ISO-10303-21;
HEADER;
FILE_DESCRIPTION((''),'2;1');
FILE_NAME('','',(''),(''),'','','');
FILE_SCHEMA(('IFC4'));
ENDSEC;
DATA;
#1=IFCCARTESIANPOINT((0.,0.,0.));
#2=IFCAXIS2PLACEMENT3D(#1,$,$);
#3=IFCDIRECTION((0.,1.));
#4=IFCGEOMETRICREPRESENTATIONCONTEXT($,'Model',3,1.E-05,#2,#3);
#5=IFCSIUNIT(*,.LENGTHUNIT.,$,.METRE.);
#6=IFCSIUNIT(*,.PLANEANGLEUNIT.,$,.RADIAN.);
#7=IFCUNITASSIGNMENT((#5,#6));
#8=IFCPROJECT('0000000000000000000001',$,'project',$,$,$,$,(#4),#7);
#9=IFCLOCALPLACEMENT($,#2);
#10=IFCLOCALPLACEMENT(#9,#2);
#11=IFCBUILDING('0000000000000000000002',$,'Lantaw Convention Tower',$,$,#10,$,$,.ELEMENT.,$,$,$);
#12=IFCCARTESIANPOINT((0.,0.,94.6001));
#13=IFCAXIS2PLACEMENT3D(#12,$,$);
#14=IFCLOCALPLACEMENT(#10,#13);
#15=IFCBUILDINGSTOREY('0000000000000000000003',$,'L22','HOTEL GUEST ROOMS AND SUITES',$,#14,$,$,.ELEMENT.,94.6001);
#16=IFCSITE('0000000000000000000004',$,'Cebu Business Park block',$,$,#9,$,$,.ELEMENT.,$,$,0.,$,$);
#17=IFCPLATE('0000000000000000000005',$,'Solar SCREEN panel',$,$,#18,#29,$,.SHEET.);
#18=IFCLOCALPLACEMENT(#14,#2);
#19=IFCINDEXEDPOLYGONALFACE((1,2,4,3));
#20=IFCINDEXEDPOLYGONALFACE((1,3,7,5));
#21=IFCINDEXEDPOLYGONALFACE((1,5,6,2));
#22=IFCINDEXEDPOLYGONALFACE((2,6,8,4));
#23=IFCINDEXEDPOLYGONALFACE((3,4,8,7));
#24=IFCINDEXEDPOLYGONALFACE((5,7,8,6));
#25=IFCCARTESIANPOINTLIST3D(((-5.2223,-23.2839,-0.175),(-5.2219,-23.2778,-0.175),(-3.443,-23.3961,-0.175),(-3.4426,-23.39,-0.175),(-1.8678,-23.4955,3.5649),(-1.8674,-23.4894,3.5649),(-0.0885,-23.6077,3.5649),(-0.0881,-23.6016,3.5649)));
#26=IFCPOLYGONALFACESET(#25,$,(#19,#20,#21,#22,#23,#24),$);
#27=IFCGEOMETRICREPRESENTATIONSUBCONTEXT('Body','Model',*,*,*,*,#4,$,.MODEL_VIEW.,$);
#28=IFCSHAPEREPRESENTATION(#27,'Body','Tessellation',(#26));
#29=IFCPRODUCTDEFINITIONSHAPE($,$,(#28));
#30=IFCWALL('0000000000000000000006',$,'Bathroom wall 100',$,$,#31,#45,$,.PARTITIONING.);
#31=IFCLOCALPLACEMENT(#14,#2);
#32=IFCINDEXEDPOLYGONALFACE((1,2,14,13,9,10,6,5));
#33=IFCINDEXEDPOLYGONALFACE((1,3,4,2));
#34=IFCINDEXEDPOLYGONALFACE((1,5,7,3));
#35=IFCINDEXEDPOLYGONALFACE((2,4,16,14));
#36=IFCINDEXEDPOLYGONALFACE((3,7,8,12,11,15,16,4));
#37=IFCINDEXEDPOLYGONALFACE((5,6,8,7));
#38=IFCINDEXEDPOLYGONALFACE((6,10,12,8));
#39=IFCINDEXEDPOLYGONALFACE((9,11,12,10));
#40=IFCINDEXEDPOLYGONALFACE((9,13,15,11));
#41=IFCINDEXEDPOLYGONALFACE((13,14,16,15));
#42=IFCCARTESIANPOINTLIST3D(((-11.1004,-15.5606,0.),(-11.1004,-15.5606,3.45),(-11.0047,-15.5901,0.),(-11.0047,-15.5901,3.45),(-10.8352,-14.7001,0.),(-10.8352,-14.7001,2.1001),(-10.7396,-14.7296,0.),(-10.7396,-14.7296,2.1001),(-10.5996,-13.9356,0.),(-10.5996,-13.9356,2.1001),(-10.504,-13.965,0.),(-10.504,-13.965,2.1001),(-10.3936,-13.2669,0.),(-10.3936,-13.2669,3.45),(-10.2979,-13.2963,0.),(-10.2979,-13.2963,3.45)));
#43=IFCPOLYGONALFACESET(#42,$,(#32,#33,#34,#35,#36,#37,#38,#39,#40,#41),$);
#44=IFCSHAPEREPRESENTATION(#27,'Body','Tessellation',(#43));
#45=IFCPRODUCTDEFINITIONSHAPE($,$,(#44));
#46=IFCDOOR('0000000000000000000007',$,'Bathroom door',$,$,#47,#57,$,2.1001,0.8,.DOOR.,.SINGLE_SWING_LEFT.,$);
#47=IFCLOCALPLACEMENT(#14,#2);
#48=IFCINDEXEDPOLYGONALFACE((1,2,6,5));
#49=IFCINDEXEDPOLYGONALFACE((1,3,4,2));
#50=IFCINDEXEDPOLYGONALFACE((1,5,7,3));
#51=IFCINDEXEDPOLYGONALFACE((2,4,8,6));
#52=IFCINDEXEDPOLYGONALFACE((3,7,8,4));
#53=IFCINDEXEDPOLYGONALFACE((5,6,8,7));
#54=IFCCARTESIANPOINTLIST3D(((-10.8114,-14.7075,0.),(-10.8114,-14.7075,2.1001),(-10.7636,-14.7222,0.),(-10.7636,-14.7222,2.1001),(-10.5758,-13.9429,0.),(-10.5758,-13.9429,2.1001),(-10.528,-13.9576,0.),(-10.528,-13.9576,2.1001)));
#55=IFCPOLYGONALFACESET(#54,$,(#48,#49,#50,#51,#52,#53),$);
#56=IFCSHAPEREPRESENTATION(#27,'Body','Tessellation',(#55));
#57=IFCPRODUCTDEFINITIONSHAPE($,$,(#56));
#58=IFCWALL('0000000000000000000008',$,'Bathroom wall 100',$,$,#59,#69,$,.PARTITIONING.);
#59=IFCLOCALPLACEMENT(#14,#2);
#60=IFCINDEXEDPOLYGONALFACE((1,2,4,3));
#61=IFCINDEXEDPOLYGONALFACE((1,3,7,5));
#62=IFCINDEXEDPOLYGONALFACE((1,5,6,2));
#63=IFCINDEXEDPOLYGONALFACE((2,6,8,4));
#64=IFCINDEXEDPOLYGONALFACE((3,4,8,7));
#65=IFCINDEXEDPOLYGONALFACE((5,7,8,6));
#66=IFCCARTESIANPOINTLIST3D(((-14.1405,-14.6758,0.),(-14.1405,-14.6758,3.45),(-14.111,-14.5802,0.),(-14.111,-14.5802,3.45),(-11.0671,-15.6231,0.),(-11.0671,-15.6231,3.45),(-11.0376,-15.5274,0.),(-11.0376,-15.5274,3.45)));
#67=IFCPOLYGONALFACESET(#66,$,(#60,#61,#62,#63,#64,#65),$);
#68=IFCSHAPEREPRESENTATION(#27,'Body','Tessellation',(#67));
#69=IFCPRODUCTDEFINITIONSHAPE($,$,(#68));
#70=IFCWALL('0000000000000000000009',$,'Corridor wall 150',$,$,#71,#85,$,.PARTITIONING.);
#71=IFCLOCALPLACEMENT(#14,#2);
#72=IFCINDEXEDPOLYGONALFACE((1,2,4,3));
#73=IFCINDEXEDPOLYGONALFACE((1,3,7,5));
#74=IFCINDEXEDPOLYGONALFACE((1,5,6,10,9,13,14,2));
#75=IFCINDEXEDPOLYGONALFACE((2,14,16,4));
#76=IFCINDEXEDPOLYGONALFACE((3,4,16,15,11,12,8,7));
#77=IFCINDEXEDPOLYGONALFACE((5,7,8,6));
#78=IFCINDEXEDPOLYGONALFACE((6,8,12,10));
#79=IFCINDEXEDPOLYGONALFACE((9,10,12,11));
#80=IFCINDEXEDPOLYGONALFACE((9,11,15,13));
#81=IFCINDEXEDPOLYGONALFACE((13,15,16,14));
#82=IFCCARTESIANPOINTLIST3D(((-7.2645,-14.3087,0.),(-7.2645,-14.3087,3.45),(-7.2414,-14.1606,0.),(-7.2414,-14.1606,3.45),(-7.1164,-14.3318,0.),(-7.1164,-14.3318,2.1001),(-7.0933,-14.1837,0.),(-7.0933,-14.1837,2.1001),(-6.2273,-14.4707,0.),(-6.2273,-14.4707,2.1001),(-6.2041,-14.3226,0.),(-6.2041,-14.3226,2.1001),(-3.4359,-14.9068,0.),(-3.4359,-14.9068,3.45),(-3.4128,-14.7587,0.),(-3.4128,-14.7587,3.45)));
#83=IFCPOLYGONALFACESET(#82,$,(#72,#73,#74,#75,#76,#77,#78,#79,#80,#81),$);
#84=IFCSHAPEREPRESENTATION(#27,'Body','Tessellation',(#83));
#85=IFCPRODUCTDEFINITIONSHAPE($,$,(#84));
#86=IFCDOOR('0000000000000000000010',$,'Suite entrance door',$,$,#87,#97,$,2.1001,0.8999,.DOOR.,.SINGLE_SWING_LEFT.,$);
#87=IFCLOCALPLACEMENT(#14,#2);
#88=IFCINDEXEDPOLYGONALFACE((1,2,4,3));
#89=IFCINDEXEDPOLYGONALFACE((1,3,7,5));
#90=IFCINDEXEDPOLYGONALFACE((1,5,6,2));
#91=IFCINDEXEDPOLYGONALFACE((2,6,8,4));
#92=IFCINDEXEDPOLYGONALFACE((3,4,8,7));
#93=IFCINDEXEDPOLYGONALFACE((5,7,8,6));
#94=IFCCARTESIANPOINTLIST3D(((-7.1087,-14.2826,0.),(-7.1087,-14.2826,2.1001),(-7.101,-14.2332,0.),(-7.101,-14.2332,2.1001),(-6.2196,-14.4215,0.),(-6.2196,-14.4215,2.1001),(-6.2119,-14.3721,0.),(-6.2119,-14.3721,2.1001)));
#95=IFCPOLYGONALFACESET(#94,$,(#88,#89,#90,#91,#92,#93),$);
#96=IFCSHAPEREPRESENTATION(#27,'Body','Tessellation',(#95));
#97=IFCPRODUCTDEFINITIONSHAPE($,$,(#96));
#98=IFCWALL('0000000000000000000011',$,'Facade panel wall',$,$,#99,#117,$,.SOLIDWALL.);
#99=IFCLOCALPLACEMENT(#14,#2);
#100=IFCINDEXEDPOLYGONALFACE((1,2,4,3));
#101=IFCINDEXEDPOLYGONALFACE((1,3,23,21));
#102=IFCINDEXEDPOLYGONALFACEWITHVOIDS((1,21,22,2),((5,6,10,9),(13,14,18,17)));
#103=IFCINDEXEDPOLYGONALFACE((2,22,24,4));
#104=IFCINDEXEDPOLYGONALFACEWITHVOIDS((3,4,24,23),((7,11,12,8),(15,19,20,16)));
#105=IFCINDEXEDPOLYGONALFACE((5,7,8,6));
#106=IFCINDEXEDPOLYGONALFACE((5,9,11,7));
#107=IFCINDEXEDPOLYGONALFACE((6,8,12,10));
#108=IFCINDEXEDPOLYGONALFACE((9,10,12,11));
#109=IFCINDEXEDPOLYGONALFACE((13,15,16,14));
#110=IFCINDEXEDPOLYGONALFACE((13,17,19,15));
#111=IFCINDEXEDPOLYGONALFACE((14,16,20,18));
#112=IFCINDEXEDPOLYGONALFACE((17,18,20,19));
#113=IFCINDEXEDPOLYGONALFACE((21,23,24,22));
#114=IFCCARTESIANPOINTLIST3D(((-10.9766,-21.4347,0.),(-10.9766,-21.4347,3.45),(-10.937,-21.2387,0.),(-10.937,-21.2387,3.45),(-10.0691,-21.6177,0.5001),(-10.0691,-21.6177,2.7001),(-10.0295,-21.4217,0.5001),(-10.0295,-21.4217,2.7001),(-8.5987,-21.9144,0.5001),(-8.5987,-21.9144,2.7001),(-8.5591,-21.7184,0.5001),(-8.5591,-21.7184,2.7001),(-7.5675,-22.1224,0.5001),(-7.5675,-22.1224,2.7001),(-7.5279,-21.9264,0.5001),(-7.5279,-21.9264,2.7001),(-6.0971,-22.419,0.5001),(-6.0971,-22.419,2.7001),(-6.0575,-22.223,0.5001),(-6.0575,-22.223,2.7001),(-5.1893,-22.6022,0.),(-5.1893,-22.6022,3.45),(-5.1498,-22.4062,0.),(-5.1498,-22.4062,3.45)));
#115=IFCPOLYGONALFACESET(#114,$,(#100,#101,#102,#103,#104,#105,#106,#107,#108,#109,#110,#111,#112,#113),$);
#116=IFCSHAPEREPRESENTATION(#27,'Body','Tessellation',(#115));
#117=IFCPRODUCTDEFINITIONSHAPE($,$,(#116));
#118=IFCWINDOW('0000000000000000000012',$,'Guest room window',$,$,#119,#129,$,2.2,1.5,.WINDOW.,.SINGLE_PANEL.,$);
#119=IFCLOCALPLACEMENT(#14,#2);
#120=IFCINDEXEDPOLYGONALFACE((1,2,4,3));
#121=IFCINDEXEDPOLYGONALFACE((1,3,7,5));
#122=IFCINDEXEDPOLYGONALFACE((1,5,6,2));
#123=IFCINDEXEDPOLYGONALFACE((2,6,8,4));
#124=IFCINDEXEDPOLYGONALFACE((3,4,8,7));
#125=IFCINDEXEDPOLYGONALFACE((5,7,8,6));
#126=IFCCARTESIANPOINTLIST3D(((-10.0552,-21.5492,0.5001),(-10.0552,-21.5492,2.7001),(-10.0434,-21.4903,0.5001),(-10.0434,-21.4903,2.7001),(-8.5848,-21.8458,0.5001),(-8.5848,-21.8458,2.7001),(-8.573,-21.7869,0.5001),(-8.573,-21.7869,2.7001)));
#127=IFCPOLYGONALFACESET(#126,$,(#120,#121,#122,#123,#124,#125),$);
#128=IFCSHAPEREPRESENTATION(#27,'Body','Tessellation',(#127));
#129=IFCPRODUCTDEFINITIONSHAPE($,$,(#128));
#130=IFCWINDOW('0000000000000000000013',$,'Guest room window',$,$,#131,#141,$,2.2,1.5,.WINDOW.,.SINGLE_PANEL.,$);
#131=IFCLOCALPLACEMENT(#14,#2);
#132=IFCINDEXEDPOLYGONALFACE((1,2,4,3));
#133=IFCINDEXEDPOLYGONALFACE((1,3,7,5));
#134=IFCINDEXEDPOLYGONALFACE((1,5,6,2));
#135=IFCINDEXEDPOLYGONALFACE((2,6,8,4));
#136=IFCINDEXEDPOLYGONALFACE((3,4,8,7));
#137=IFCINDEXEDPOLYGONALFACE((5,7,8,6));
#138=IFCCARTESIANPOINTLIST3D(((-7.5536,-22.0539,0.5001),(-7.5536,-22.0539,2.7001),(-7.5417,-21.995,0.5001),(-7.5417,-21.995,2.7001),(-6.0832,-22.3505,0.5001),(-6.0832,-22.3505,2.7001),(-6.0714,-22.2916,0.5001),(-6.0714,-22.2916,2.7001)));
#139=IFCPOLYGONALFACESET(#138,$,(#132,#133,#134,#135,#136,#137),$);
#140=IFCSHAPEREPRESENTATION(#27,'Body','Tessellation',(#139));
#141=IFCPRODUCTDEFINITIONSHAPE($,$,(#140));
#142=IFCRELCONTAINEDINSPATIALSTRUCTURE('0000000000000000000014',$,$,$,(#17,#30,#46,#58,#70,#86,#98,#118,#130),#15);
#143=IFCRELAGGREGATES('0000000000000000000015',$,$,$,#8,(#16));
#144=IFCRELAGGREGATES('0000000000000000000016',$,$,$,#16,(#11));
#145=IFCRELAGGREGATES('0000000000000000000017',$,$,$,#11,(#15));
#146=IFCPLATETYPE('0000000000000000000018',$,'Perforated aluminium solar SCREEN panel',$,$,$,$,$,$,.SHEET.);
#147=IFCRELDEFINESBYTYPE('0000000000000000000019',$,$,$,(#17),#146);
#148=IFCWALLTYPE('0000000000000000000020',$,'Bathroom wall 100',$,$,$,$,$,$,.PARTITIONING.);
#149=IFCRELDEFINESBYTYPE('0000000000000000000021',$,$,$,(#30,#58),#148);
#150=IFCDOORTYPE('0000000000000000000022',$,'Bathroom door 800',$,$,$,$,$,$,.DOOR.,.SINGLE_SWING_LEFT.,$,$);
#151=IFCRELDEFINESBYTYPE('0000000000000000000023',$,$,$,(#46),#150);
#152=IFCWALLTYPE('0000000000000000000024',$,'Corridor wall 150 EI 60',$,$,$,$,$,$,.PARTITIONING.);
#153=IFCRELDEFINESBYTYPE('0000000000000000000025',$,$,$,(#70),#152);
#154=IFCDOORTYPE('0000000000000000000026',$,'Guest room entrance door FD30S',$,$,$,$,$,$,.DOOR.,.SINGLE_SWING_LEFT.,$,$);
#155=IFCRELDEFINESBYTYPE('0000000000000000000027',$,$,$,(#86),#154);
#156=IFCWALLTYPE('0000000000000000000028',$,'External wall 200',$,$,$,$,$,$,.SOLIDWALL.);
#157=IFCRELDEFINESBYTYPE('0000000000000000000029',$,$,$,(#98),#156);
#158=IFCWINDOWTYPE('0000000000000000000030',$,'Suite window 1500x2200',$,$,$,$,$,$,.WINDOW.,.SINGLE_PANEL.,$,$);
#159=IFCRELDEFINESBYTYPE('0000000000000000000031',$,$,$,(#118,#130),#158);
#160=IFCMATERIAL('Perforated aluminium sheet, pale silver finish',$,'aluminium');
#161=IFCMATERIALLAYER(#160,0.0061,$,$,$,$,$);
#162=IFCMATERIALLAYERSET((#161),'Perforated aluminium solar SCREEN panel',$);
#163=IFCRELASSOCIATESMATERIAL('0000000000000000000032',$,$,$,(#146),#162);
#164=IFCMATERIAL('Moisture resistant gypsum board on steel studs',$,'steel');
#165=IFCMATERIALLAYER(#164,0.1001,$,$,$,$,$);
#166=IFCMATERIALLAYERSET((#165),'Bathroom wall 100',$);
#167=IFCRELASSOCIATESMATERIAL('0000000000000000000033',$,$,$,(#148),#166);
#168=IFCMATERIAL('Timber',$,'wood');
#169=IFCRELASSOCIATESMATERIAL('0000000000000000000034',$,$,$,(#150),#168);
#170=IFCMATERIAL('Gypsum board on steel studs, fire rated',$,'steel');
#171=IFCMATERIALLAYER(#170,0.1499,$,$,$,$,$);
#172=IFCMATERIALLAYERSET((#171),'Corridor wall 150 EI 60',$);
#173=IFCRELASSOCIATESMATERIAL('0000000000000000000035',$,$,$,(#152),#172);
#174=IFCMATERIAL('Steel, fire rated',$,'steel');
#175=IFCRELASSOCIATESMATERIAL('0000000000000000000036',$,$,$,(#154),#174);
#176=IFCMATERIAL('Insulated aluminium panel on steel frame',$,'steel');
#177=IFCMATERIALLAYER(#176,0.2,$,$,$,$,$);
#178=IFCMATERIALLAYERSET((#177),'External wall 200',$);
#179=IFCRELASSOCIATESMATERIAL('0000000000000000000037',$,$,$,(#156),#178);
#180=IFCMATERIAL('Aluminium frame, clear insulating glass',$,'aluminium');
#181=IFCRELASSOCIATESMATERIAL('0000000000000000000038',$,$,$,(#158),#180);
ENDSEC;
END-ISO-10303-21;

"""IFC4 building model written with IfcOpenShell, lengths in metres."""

from ifc_helpers import new_model, si_unit, direction, frame, frame_2d, origin, place, context, subcontext, project, spatial, polyline, rectangle, outline, extrude, material, layer, layer_set, type_object, element, fill, save


model = new_model("IFC4")

# Units and contexts
model_context = context("Model", 3, precision=1e-05, world=origin(), true_north=direction((0.0, 1.0)))
body_context = subcontext(model_context, "Body", "Model", "MODEL_VIEW")
ifc_project = project(units=[si_unit("LENGTHUNIT", "METRE"), si_unit("PLANEANGLEUNIT", "RADIAN")], contexts=[model_context])

# Site, building, storey
site_placement = place(None, origin())
site = spatial("IfcSite", under=ifc_project, at=site_placement, Name="Cebu Business Park block", CompositionType="ELEMENT", RefElevation=0.0)
building_placement = place(site_placement, origin())
building = spatial("IfcBuilding", under=site, at=building_placement, Name="Lantaw Convention Tower", CompositionType="ELEMENT")
storey_placement = place(building_placement, frame((0.0, 0.0, 94.6001)))
storey = spatial("IfcBuildingStorey", under=building, at=storey_placement, Name="L22", Description="HOTEL GUEST ROOMS AND SUITES", CompositionType="ELEMENT", Elevation=94.6001)

# Plate
ifc_material_1 = material(Name="Perforated aluminium sheet, pale silver finish", Category="aluminium")
ifc_layer_1 = layer(ifc_material_1, 0.0061)
ifc_layer_set_1 = layer_set([ifc_layer_1], Name="Perforated aluminium solar SCREEN panel")
plate_type = type_object("IfcPlateType", Name="Perforated aluminium solar SCREEN panel", PredefinedType="SHEET", material=ifc_layer_set_1)
plate_1_placement = place(storey_placement, frame((-5.2219, -23.2778, -0.175), z_axis=(0.062924, 0.998018, 0.000014), x_axis=(0.998018, -0.062924, 0.0)))
element("IfcPlate", 1, at=plate_1_placement, inside=storey, type_object=plate_type, Name="Solar SCREEN panel", PredefinedType="SHEET", context=body_context, shape_type="SweptSolid", body=[
    extrude(outline(polyline([(0.0, 0.0), (1.7828, 0.0), (5.144, -3.74), (3.3612, -3.74), (0.0, 0.0)])), origin(), (0.0, 0.0, -1.0), 0.0061),
])

# Wall, opening, door
ifc_material_2 = material(Name="Moisture resistant gypsum board on steel studs", Category="steel")
ifc_layer_2 = layer(ifc_material_2, 0.1001)
ifc_layer_set_2 = layer_set([ifc_layer_2], Name="Bathroom wall 100")
wall_type_1 = type_object("IfcWallType", Name="Bathroom wall 100", PredefinedType="PARTITIONING", material=ifc_layer_set_2)
wall_1_placement = place(storey_placement, frame((-10.3457, -13.2815, 0.0), z_axis=(0.0, 0.0, 1.0), x_axis=(-0.294479, -0.955658, 0.0)))
wall_1 = element("IfcWall", 2, at=wall_1_placement, inside=storey, type_object=wall_type_1, Name="Bathroom wall 100", PredefinedType="PARTITIONING", context=body_context, shape_type="SweptSolid", body=[
    extrude(rectangle(XDim=2.4001, YDim=0.1001, at=frame_2d((1.2002, 0.0))), origin(), (0.0, 0.0, 1.0), 3.45),
])
opening_1_placement = place(wall_1_placement, frame((0.7, 0.0, 0.0)))
opening_1 = element("IfcOpeningElement", 3, at=opening_1_placement, cuts=wall_1, PredefinedType="OPENING", context=body_context, shape_type="SweptSolid", body=[
    extrude(rectangle(XDim=0.8, YDim=2.1001, at=frame_2d((0.3999, 1.05))), frame((0.0, 0.0601, 0.0), z_axis=(0.0, -1.0, 0.0), x_axis=(1.0, 0.0, 0.0)), (0.0, 0.0, 1.0), 0.1201),
])
ifc_material_3 = material(Name="Timber", Category="wood")
door_type_1 = type_object("IfcDoorType", Name="Bathroom door 800", OperationType="SINGLE_SWING_LEFT", PredefinedType="DOOR", material=ifc_material_3)
door_1_placement = place(opening_1_placement, origin())
door_1 = element("IfcDoor", 4, at=door_1_placement, inside=storey, type_object=door_type_1, Name="Bathroom door", OperationType="SINGLE_SWING_LEFT", OverallHeight=2.1001, OverallWidth=0.8, PredefinedType="DOOR", context=body_context, shape_type="SweptSolid", body=[
    extrude(rectangle(XDim=0.8, YDim=2.1001, at=frame_2d((0.3999, 1.05))), frame((0.0, 0.0249, 0.0), z_axis=(0.0, -1.0, 0.0), x_axis=(1.0, 0.0, 0.0)), (0.0, 0.0, 1.0), 0.05),
])
fill(opening_1, door_1)

# Wall
wall_2_placement = place(storey_placement, frame((-11.0525, -15.5752, 0.0), z_axis=(0.0, 0.0, 1.0), x_axis=(-0.955641, 0.294534, 0.0)))
element("IfcWall", 5, at=wall_2_placement, inside=storey, type_object=wall_type_1, Name="Bathroom wall 100", PredefinedType="PARTITIONING", context=body_context, shape_type="SweptSolid", body=[
    extrude(rectangle(XDim=3.2161, YDim=0.1001, at=frame_2d((1.6079, 0.0))), origin(), (0.0, 0.0, 1.0), 3.45),
])

# Wall, opening, door
ifc_material_4 = material(Name="Gypsum board on steel studs, fire rated", Category="steel")
ifc_layer_3 = layer(ifc_material_4, 0.1499)
ifc_layer_set_3 = layer_set([ifc_layer_3], Name="Corridor wall 150 EI 60")
wall_type_2 = type_object("IfcWallType", Name="Corridor wall 150 EI 60", PredefinedType="PARTITIONING", material=ifc_layer_set_3)
wall_3_placement = place(storey_placement, frame((-7.2529, -14.2346, 0.0), z_axis=(0.0, 0.0, 1.0), x_axis=(0.988015, -0.154358, 0.0)))
wall_3 = element("IfcWall", 6, at=wall_3_placement, inside=storey, type_object=wall_type_2, Name="Corridor wall 150", PredefinedType="PARTITIONING", context=body_context, shape_type="SweptSolid", body=[
    extrude(rectangle(XDim=3.875, YDim=0.1499, at=frame_2d((1.9375, 0.0))), origin(), (0.0, 0.0, 1.0), 3.45),
])
opening_2_placement = place(wall_3_placement, frame((0.1499, 0.0, 0.0)))
opening_2 = element("IfcOpeningElement", 7, at=opening_2_placement, cuts=wall_3, PredefinedType="OPENING", context=body_context, shape_type="SweptSolid", body=[
    extrude(rectangle(XDim=0.8999, YDim=2.1001, at=frame_2d((0.45, 1.05))), frame((0.0, 0.085, 0.0), z_axis=(0.0, -1.0, 0.0), x_axis=(1.0, 0.0, 0.0)), (0.0, 0.0, 1.0), 0.1699),
])
ifc_material_5 = material(Name="Steel, fire rated", Category="steel")
door_type_2 = type_object("IfcDoorType", Name="Guest room entrance door FD30S", OperationType="SINGLE_SWING_LEFT", PredefinedType="DOOR", material=ifc_material_5)
door_2_placement = place(opening_2_placement, origin())
door_2 = element("IfcDoor", 8, at=door_2_placement, inside=storey, type_object=door_type_2, Name="Suite entrance door", OperationType="SINGLE_SWING_LEFT", OverallHeight=2.1001, OverallWidth=0.8999, PredefinedType="DOOR", context=body_context, shape_type="SweptSolid", body=[
    extrude(rectangle(XDim=0.8999, YDim=2.1001, at=frame_2d((0.45, 1.05))), frame((0.0, 0.0249, 0.0), z_axis=(0.0, -1.0, 0.0), x_axis=(1.0, 0.0, 0.0)), (0.0, 0.0, 1.0), 0.05),
])
fill(opening_2, door_2)

# Wall, openings, windows
ifc_material_6 = material(Name="Insulated aluminium panel on steel frame", Category="steel")
ifc_layer_4 = layer(ifc_material_6, 0.2)
ifc_layer_set_4 = layer_set([ifc_layer_4], Name="External wall 200")
wall_type_3 = type_object("IfcWallType", Name="External wall 200", PredefinedType="SOLIDWALL", material=ifc_layer_set_4)
wall_4_placement = place(storey_placement, frame((-10.9568, -21.3367, 0.0), z_axis=(0.0, 0.0, 1.0), x_axis=(0.980252, -0.197754, 0.0)))
wall_4 = element("IfcWall", 9, at=wall_4_placement, inside=storey, type_object=wall_type_3, Name="Facade panel wall", PredefinedType="SOLIDWALL", context=body_context, shape_type="SweptSolid", body=[
    extrude(rectangle(XDim=5.9038, YDim=0.2, at=frame_2d((2.9519, 0.0))), origin(), (0.0, 0.0, 1.0), 3.45),
])
opening_3_placement = place(wall_4_placement, frame((0.9258, 0.0, 0.5)))
opening_3 = element("IfcOpeningElement", 10, at=opening_3_placement, cuts=wall_4, PredefinedType="OPENING", context=body_context, shape_type="SweptSolid", body=[
    extrude(rectangle(XDim=1.5, YDim=2.2, at=frame_2d((0.75, 1.1001))), frame((0.0, 0.1099, 0.0), z_axis=(0.0, -1.0, 0.0), x_axis=(1.0, 0.0, 0.0)), (0.0, 0.0, 1.0), 0.22),
])
opening_4_placement = place(wall_4_placement, frame((3.4778, 0.0, 0.5)))
opening_4 = element("IfcOpeningElement", 11, at=opening_4_placement, cuts=wall_4, PredefinedType="OPENING", context=body_context, shape_type="SweptSolid", body=[
    extrude(rectangle(XDim=1.5, YDim=2.2, at=frame_2d((0.75, 1.1001))), frame((0.0, 0.1099, 0.0), z_axis=(0.0, -1.0, 0.0), x_axis=(1.0, 0.0, 0.0)), (0.0, 0.0, 1.0), 0.22),
])
ifc_material_7 = material(Name="Aluminium frame, clear insulating glass", Category="aluminium")
window_type = type_object("IfcWindowType", Name="Suite window 1500x2200", PartitioningType="SINGLE_PANEL", PredefinedType="WINDOW", material=ifc_material_7)
window_1_placement = place(opening_3_placement, origin())
window_1 = element("IfcWindow", 12, at=window_1_placement, inside=storey, type_object=window_type, Name="Guest room window", OverallHeight=2.2, OverallWidth=1.5, PartitioningType="SINGLE_PANEL", PredefinedType="WINDOW", context=body_context, shape_type="SweptSolid", body=[
    extrude(rectangle(XDim=1.5, YDim=2.2, at=frame_2d((0.75, 1.1001))), frame((0.0, 0.03, 0.0), z_axis=(0.0, -1.0, 0.0), x_axis=(1.0, 0.0, 0.0)), (0.0, 0.0, 1.0), 0.0601),
])
fill(opening_3, window_1)
window_2_placement = place(opening_4_placement, origin())
window_2 = element("IfcWindow", 13, at=window_2_placement, inside=storey, type_object=window_type, Name="Guest room window", OverallHeight=2.2, OverallWidth=1.5, PartitioningType="SINGLE_PANEL", PredefinedType="WINDOW", context=body_context, shape_type="SweptSolid", body=[
    extrude(rectangle(XDim=1.5, YDim=2.2, at=frame_2d((0.75, 1.1001))), frame((0.0, 0.03, 0.0), z_axis=(0.0, -1.0, 0.0), x_axis=(1.0, 0.0, 0.0)), (0.0, 0.0, 1.0), 0.0601),
])
fill(opening_4, window_2)

save(model, "model.ifc")
